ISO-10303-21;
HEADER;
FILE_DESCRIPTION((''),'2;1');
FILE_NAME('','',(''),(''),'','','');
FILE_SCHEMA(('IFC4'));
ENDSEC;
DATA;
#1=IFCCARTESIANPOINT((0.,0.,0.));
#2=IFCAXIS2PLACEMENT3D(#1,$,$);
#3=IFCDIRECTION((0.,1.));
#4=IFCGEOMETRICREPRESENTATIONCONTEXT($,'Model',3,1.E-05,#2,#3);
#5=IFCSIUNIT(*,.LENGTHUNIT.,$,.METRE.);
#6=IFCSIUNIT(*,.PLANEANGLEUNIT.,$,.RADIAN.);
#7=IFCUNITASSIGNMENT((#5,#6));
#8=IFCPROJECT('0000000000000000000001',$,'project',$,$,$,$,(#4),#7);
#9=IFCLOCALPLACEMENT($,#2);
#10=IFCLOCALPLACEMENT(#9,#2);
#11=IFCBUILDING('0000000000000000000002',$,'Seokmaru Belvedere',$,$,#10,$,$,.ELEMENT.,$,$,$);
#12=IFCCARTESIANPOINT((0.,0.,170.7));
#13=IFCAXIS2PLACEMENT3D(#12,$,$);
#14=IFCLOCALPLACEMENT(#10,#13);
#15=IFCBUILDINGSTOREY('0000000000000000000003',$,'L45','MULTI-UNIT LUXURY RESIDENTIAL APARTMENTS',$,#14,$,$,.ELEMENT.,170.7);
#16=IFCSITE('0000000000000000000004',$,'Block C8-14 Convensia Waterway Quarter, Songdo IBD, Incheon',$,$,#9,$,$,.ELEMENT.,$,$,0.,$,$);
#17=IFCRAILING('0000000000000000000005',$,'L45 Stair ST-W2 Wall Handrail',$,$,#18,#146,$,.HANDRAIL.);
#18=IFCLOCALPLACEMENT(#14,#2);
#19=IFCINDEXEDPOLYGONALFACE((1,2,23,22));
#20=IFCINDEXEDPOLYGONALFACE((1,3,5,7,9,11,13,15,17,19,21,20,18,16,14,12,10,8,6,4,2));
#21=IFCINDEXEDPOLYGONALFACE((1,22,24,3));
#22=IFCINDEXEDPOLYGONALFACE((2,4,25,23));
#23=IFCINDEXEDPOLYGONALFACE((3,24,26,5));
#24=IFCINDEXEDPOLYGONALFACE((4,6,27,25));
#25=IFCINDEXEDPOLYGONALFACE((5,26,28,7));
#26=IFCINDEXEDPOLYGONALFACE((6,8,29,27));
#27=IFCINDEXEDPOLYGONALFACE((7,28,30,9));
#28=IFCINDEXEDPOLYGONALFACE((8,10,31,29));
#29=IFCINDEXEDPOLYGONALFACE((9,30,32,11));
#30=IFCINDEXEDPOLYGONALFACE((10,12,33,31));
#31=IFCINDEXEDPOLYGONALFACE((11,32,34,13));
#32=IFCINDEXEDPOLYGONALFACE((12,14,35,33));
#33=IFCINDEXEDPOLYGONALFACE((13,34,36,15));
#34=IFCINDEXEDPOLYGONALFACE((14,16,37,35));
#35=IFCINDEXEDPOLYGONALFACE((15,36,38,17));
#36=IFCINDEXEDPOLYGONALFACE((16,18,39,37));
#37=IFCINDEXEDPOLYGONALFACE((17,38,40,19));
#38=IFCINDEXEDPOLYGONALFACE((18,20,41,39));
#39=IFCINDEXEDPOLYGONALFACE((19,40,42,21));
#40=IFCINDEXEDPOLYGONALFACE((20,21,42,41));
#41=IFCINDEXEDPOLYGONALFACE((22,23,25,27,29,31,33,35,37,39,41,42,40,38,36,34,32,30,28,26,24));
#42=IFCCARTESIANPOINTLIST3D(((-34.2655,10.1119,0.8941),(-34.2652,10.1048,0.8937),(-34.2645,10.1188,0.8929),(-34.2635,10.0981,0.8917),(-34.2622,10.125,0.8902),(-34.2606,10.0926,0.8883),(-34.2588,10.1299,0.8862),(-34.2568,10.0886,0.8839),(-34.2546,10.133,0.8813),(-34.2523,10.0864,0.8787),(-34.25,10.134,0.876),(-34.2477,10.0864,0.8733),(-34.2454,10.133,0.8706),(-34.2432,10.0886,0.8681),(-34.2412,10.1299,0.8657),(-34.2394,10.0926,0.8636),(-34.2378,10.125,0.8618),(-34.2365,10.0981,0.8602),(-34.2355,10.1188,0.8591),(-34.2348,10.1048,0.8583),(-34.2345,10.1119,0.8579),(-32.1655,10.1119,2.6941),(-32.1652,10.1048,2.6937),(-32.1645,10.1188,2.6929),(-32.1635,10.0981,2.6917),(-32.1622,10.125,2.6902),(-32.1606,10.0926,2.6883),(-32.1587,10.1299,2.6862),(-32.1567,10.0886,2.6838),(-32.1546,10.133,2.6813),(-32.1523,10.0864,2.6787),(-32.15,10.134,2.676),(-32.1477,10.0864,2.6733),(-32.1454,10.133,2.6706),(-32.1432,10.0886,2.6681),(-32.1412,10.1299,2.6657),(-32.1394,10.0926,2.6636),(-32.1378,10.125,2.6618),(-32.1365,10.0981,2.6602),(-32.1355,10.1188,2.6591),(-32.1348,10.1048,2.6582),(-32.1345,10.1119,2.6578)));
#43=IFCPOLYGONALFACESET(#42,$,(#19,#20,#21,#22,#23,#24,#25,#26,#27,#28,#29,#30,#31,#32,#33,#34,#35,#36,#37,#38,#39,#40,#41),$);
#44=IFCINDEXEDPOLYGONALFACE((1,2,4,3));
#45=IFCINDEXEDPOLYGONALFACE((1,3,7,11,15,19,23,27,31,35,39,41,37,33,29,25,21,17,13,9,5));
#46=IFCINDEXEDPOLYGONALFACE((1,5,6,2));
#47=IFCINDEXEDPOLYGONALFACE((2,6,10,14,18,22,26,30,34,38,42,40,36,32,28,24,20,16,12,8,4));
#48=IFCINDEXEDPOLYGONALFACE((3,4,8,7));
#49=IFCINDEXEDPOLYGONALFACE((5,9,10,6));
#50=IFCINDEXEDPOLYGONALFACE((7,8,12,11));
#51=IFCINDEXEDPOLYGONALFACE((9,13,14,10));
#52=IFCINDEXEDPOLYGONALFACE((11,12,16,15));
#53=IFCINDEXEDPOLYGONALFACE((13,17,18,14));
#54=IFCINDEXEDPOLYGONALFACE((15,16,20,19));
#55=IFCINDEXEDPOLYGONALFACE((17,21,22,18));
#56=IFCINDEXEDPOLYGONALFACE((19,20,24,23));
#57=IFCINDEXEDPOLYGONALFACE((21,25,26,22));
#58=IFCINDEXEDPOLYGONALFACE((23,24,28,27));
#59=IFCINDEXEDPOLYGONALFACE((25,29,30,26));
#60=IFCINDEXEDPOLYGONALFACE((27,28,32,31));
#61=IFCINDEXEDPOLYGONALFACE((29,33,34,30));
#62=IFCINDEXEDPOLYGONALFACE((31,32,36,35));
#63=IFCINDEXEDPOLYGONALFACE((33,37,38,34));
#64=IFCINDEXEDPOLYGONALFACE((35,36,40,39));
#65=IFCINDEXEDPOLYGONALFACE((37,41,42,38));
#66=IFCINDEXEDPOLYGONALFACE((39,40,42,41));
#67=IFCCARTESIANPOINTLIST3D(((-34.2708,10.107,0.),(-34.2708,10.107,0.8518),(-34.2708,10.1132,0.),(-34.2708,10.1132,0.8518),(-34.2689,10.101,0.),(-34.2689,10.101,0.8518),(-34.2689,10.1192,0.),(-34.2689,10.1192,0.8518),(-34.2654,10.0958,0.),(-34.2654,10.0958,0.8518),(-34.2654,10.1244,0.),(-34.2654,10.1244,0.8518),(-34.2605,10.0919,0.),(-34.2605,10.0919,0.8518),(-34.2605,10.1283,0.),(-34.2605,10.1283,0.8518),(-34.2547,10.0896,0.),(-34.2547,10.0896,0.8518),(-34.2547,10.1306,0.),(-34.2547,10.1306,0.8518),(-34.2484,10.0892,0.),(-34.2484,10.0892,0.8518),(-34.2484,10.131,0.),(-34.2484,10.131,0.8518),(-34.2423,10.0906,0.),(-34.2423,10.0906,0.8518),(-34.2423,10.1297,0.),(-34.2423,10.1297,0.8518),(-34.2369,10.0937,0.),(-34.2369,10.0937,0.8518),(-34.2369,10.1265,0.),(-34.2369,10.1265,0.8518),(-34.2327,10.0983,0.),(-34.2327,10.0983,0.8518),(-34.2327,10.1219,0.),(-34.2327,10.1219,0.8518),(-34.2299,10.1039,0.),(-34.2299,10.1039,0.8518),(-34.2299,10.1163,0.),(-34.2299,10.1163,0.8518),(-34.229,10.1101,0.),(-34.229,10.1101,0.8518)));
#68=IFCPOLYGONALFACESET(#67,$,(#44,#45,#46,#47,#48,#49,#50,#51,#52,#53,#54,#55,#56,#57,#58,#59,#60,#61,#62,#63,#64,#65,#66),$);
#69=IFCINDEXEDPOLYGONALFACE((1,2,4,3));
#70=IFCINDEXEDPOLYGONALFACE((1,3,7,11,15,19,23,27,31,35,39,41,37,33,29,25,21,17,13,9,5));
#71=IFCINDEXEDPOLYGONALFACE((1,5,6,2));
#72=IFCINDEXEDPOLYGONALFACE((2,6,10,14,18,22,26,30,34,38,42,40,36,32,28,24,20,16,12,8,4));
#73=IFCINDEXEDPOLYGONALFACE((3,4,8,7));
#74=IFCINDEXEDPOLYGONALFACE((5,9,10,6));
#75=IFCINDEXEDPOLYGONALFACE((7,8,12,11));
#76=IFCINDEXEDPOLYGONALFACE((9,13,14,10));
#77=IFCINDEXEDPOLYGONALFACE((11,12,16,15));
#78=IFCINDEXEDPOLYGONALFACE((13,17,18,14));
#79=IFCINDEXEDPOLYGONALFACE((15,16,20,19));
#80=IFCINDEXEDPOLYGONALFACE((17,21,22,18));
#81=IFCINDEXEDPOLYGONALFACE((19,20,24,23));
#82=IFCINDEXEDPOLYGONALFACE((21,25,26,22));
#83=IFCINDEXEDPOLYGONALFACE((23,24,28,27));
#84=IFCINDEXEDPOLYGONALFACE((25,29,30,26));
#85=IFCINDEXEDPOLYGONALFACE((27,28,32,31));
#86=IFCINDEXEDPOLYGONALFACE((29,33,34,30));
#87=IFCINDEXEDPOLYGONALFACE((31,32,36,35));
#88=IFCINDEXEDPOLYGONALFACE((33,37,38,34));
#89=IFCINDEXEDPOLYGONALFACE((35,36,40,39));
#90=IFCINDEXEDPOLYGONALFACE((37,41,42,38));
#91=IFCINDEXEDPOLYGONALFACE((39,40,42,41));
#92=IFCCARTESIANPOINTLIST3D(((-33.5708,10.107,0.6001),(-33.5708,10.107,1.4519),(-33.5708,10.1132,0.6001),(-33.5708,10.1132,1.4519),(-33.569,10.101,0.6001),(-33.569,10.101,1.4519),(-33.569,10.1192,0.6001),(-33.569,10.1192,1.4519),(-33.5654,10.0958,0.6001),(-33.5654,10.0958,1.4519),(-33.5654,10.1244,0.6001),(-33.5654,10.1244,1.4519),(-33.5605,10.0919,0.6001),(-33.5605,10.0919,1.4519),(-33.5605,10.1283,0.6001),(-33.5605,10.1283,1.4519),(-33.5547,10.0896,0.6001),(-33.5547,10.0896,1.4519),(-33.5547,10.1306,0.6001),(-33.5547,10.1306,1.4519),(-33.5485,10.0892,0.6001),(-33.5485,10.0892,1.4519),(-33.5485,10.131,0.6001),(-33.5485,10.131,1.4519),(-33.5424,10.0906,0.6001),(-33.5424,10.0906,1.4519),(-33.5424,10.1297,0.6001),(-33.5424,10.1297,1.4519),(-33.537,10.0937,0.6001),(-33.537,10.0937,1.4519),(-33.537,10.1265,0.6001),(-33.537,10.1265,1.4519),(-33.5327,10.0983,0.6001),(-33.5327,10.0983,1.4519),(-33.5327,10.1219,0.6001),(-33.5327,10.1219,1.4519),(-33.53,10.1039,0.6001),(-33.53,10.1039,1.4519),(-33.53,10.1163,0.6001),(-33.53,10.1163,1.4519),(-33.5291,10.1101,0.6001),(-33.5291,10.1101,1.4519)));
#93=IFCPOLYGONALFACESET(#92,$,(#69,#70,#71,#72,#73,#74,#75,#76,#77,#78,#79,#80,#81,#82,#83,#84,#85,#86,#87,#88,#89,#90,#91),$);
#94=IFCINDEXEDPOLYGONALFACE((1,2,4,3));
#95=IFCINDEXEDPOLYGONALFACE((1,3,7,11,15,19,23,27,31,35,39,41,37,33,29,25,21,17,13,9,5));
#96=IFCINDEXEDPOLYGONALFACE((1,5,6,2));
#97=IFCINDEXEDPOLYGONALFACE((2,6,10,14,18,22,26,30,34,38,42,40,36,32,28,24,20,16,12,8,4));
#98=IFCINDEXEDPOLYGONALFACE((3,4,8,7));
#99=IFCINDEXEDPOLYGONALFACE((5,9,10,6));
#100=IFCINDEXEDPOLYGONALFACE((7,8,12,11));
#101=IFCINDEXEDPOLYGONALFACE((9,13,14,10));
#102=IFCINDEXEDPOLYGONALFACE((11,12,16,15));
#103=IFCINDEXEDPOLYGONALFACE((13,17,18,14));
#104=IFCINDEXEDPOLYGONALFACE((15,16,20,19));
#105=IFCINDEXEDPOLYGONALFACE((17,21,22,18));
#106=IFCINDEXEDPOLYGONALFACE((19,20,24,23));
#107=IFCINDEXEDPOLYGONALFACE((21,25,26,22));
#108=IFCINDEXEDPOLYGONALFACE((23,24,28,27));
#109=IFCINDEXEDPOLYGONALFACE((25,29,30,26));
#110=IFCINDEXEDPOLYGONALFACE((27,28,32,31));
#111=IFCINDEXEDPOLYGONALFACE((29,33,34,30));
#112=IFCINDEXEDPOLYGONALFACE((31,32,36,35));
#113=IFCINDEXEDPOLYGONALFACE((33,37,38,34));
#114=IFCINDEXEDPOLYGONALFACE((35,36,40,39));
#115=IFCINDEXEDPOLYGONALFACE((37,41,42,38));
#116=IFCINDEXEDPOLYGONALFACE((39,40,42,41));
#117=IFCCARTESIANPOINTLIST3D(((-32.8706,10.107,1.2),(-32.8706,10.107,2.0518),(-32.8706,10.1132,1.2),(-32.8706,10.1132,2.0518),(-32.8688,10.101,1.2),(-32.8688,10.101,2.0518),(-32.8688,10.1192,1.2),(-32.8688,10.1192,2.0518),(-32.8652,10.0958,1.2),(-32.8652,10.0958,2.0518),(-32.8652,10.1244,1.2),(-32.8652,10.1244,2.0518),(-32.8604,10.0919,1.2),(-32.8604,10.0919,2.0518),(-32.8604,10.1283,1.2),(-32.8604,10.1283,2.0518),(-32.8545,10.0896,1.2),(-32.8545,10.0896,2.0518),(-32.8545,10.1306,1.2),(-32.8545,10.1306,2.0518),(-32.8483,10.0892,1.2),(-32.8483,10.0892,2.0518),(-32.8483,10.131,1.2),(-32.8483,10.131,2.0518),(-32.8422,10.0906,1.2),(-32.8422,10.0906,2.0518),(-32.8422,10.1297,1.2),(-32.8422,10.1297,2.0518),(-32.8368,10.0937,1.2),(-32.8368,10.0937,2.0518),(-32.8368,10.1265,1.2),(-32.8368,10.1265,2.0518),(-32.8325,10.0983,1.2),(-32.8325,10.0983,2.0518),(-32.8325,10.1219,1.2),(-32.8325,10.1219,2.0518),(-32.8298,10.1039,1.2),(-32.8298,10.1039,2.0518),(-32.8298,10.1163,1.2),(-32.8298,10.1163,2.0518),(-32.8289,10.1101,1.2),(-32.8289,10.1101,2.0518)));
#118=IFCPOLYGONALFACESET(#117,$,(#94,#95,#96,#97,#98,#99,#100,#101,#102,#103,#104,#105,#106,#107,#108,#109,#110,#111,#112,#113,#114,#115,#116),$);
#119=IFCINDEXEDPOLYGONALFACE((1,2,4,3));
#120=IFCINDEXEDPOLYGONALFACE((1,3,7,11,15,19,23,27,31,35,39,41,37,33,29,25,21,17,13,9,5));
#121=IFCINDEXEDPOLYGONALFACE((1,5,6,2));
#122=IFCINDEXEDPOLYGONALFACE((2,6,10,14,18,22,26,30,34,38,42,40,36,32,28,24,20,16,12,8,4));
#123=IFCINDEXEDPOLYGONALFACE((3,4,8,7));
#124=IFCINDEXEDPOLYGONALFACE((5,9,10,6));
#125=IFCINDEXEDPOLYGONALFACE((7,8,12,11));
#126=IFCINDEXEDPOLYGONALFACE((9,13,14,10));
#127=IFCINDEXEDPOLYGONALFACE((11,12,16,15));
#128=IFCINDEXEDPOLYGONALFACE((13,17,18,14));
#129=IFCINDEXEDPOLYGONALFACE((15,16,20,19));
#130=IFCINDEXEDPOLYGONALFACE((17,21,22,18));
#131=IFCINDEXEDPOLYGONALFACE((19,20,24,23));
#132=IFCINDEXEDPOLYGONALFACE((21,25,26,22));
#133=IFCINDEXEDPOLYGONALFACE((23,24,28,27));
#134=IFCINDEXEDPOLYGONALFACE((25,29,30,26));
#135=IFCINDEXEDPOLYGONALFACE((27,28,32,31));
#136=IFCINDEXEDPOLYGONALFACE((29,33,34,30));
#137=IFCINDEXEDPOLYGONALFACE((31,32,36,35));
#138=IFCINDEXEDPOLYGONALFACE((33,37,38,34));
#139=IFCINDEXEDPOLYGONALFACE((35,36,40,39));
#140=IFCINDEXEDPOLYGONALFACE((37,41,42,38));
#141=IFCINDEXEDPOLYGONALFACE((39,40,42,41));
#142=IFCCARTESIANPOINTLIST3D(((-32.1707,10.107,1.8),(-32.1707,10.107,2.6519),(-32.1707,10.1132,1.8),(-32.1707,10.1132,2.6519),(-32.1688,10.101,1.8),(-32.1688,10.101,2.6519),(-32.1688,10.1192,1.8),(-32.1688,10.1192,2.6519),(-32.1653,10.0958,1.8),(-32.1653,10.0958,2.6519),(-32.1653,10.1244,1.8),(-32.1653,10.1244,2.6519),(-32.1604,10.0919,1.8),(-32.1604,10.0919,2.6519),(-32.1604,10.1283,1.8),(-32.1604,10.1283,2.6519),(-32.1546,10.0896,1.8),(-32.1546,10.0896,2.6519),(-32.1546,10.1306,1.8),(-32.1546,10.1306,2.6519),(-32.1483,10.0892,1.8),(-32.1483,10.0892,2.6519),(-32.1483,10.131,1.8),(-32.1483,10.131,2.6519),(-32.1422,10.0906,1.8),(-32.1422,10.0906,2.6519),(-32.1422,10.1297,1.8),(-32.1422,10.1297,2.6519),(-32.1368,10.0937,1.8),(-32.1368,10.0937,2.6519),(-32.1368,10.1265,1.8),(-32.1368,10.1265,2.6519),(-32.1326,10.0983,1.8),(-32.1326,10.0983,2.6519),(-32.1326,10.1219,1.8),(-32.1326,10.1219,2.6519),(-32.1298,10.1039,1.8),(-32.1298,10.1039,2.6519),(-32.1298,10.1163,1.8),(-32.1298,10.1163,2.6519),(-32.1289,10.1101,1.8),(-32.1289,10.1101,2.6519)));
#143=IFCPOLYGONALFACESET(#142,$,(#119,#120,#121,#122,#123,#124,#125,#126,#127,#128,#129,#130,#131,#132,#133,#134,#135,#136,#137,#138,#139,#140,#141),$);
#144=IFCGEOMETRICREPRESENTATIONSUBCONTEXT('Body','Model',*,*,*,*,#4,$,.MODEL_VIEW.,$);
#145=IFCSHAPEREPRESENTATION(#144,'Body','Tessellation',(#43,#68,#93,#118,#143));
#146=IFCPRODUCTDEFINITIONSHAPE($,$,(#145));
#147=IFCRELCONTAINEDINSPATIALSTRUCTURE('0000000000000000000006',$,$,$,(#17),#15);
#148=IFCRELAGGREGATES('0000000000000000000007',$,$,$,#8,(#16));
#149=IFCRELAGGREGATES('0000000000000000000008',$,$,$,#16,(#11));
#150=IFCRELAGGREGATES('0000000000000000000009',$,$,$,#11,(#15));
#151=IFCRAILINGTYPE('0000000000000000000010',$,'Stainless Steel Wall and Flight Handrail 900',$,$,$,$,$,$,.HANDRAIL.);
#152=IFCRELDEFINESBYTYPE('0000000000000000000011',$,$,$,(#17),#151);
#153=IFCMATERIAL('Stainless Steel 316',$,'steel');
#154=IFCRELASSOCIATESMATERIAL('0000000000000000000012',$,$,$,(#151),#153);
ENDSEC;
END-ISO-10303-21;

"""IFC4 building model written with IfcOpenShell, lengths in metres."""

from ifc_helpers import new_model, si_unit, direction, frame, origin, origin_2d, place, context, subcontext, project, spatial, circle, extrude, material, type_object, element, save


model = new_model("IFC4")

# Units and contexts
model_context = context("Model", 3, precision=1e-05, world=origin(), true_north=direction((0.0, 1.0)))
body_context = subcontext(model_context, "Body", "Model", "MODEL_VIEW")
ifc_project = project(units=[si_unit("LENGTHUNIT", "METRE"), si_unit("PLANEANGLEUNIT", "RADIAN")], contexts=[model_context])

# Site, building, storey
site_placement = place(None, origin())
site = spatial("IfcSite", under=ifc_project, at=site_placement, Name="Block C8-14 Convensia Waterway Quarter, Songdo IBD, Incheon", CompositionType="ELEMENT", RefElevation=0.0)
building_placement = place(site_placement, origin())
building = spatial("IfcBuilding", under=site, at=building_placement, Name="Seokmaru Belvedere", CompositionType="ELEMENT")
storey_placement = place(building_placement, frame((0.0, 0.0, 170.7)))
storey = spatial("IfcBuildingStorey", under=building, at=storey_placement, Name="L45", Description="MULTI-UNIT LUXURY RESIDENTIAL APARTMENTS", CompositionType="ELEMENT", Elevation=170.7)

# Shared definitions
ifc_material_1 = material(Name="Stainless Steel 316", Category="steel")

# Railing
railing_type_1 = type_object("IfcRailingType", Name="Stainless Steel Wall and Flight Handrail 900", PredefinedType="HANDRAIL", material=ifc_material_1)
railing_1_placement = place(storey_placement, frame((-34.25, 10.1101, 0.0)))
element("IfcRailing", 1, at=railing_1_placement, inside=storey, type_object=railing_type_1, Name="L45 Stair ST-W2 Wall Handrail", PredefinedType="HANDRAIL", context=body_context, shape_type="SweptSolid", body=[
    extrude(circle(Radius=0.0239, at=origin_2d()), frame((0.0, 0.0, 0.876), z_axis=(0.759263, 0.0, 0.650784), x_axis=(0.0, 1.0, 0.0)), (0.0, 0.0, 1.0), 2.7659),
    extrude(circle(Radius=0.021, at=origin_2d()), origin(), (0.0, 0.0, 1.0), 0.8518),
    extrude(circle(Radius=0.021, at=origin_2d()), frame((0.7, 0.0, 0.6001)), (0.0, 0.0, 1.0), 0.8518),
    extrude(circle(Radius=0.021, at=origin_2d()), frame((1.4001, 0.0, 1.2)), (0.0, 0.0, 1.0), 0.8518),
    extrude(circle(Radius=0.021, at=origin_2d()), frame((2.1001, 0.0, 1.8)), (0.0, 0.0, 1.0), 0.8518),
])

save(model, "model.ifc")
